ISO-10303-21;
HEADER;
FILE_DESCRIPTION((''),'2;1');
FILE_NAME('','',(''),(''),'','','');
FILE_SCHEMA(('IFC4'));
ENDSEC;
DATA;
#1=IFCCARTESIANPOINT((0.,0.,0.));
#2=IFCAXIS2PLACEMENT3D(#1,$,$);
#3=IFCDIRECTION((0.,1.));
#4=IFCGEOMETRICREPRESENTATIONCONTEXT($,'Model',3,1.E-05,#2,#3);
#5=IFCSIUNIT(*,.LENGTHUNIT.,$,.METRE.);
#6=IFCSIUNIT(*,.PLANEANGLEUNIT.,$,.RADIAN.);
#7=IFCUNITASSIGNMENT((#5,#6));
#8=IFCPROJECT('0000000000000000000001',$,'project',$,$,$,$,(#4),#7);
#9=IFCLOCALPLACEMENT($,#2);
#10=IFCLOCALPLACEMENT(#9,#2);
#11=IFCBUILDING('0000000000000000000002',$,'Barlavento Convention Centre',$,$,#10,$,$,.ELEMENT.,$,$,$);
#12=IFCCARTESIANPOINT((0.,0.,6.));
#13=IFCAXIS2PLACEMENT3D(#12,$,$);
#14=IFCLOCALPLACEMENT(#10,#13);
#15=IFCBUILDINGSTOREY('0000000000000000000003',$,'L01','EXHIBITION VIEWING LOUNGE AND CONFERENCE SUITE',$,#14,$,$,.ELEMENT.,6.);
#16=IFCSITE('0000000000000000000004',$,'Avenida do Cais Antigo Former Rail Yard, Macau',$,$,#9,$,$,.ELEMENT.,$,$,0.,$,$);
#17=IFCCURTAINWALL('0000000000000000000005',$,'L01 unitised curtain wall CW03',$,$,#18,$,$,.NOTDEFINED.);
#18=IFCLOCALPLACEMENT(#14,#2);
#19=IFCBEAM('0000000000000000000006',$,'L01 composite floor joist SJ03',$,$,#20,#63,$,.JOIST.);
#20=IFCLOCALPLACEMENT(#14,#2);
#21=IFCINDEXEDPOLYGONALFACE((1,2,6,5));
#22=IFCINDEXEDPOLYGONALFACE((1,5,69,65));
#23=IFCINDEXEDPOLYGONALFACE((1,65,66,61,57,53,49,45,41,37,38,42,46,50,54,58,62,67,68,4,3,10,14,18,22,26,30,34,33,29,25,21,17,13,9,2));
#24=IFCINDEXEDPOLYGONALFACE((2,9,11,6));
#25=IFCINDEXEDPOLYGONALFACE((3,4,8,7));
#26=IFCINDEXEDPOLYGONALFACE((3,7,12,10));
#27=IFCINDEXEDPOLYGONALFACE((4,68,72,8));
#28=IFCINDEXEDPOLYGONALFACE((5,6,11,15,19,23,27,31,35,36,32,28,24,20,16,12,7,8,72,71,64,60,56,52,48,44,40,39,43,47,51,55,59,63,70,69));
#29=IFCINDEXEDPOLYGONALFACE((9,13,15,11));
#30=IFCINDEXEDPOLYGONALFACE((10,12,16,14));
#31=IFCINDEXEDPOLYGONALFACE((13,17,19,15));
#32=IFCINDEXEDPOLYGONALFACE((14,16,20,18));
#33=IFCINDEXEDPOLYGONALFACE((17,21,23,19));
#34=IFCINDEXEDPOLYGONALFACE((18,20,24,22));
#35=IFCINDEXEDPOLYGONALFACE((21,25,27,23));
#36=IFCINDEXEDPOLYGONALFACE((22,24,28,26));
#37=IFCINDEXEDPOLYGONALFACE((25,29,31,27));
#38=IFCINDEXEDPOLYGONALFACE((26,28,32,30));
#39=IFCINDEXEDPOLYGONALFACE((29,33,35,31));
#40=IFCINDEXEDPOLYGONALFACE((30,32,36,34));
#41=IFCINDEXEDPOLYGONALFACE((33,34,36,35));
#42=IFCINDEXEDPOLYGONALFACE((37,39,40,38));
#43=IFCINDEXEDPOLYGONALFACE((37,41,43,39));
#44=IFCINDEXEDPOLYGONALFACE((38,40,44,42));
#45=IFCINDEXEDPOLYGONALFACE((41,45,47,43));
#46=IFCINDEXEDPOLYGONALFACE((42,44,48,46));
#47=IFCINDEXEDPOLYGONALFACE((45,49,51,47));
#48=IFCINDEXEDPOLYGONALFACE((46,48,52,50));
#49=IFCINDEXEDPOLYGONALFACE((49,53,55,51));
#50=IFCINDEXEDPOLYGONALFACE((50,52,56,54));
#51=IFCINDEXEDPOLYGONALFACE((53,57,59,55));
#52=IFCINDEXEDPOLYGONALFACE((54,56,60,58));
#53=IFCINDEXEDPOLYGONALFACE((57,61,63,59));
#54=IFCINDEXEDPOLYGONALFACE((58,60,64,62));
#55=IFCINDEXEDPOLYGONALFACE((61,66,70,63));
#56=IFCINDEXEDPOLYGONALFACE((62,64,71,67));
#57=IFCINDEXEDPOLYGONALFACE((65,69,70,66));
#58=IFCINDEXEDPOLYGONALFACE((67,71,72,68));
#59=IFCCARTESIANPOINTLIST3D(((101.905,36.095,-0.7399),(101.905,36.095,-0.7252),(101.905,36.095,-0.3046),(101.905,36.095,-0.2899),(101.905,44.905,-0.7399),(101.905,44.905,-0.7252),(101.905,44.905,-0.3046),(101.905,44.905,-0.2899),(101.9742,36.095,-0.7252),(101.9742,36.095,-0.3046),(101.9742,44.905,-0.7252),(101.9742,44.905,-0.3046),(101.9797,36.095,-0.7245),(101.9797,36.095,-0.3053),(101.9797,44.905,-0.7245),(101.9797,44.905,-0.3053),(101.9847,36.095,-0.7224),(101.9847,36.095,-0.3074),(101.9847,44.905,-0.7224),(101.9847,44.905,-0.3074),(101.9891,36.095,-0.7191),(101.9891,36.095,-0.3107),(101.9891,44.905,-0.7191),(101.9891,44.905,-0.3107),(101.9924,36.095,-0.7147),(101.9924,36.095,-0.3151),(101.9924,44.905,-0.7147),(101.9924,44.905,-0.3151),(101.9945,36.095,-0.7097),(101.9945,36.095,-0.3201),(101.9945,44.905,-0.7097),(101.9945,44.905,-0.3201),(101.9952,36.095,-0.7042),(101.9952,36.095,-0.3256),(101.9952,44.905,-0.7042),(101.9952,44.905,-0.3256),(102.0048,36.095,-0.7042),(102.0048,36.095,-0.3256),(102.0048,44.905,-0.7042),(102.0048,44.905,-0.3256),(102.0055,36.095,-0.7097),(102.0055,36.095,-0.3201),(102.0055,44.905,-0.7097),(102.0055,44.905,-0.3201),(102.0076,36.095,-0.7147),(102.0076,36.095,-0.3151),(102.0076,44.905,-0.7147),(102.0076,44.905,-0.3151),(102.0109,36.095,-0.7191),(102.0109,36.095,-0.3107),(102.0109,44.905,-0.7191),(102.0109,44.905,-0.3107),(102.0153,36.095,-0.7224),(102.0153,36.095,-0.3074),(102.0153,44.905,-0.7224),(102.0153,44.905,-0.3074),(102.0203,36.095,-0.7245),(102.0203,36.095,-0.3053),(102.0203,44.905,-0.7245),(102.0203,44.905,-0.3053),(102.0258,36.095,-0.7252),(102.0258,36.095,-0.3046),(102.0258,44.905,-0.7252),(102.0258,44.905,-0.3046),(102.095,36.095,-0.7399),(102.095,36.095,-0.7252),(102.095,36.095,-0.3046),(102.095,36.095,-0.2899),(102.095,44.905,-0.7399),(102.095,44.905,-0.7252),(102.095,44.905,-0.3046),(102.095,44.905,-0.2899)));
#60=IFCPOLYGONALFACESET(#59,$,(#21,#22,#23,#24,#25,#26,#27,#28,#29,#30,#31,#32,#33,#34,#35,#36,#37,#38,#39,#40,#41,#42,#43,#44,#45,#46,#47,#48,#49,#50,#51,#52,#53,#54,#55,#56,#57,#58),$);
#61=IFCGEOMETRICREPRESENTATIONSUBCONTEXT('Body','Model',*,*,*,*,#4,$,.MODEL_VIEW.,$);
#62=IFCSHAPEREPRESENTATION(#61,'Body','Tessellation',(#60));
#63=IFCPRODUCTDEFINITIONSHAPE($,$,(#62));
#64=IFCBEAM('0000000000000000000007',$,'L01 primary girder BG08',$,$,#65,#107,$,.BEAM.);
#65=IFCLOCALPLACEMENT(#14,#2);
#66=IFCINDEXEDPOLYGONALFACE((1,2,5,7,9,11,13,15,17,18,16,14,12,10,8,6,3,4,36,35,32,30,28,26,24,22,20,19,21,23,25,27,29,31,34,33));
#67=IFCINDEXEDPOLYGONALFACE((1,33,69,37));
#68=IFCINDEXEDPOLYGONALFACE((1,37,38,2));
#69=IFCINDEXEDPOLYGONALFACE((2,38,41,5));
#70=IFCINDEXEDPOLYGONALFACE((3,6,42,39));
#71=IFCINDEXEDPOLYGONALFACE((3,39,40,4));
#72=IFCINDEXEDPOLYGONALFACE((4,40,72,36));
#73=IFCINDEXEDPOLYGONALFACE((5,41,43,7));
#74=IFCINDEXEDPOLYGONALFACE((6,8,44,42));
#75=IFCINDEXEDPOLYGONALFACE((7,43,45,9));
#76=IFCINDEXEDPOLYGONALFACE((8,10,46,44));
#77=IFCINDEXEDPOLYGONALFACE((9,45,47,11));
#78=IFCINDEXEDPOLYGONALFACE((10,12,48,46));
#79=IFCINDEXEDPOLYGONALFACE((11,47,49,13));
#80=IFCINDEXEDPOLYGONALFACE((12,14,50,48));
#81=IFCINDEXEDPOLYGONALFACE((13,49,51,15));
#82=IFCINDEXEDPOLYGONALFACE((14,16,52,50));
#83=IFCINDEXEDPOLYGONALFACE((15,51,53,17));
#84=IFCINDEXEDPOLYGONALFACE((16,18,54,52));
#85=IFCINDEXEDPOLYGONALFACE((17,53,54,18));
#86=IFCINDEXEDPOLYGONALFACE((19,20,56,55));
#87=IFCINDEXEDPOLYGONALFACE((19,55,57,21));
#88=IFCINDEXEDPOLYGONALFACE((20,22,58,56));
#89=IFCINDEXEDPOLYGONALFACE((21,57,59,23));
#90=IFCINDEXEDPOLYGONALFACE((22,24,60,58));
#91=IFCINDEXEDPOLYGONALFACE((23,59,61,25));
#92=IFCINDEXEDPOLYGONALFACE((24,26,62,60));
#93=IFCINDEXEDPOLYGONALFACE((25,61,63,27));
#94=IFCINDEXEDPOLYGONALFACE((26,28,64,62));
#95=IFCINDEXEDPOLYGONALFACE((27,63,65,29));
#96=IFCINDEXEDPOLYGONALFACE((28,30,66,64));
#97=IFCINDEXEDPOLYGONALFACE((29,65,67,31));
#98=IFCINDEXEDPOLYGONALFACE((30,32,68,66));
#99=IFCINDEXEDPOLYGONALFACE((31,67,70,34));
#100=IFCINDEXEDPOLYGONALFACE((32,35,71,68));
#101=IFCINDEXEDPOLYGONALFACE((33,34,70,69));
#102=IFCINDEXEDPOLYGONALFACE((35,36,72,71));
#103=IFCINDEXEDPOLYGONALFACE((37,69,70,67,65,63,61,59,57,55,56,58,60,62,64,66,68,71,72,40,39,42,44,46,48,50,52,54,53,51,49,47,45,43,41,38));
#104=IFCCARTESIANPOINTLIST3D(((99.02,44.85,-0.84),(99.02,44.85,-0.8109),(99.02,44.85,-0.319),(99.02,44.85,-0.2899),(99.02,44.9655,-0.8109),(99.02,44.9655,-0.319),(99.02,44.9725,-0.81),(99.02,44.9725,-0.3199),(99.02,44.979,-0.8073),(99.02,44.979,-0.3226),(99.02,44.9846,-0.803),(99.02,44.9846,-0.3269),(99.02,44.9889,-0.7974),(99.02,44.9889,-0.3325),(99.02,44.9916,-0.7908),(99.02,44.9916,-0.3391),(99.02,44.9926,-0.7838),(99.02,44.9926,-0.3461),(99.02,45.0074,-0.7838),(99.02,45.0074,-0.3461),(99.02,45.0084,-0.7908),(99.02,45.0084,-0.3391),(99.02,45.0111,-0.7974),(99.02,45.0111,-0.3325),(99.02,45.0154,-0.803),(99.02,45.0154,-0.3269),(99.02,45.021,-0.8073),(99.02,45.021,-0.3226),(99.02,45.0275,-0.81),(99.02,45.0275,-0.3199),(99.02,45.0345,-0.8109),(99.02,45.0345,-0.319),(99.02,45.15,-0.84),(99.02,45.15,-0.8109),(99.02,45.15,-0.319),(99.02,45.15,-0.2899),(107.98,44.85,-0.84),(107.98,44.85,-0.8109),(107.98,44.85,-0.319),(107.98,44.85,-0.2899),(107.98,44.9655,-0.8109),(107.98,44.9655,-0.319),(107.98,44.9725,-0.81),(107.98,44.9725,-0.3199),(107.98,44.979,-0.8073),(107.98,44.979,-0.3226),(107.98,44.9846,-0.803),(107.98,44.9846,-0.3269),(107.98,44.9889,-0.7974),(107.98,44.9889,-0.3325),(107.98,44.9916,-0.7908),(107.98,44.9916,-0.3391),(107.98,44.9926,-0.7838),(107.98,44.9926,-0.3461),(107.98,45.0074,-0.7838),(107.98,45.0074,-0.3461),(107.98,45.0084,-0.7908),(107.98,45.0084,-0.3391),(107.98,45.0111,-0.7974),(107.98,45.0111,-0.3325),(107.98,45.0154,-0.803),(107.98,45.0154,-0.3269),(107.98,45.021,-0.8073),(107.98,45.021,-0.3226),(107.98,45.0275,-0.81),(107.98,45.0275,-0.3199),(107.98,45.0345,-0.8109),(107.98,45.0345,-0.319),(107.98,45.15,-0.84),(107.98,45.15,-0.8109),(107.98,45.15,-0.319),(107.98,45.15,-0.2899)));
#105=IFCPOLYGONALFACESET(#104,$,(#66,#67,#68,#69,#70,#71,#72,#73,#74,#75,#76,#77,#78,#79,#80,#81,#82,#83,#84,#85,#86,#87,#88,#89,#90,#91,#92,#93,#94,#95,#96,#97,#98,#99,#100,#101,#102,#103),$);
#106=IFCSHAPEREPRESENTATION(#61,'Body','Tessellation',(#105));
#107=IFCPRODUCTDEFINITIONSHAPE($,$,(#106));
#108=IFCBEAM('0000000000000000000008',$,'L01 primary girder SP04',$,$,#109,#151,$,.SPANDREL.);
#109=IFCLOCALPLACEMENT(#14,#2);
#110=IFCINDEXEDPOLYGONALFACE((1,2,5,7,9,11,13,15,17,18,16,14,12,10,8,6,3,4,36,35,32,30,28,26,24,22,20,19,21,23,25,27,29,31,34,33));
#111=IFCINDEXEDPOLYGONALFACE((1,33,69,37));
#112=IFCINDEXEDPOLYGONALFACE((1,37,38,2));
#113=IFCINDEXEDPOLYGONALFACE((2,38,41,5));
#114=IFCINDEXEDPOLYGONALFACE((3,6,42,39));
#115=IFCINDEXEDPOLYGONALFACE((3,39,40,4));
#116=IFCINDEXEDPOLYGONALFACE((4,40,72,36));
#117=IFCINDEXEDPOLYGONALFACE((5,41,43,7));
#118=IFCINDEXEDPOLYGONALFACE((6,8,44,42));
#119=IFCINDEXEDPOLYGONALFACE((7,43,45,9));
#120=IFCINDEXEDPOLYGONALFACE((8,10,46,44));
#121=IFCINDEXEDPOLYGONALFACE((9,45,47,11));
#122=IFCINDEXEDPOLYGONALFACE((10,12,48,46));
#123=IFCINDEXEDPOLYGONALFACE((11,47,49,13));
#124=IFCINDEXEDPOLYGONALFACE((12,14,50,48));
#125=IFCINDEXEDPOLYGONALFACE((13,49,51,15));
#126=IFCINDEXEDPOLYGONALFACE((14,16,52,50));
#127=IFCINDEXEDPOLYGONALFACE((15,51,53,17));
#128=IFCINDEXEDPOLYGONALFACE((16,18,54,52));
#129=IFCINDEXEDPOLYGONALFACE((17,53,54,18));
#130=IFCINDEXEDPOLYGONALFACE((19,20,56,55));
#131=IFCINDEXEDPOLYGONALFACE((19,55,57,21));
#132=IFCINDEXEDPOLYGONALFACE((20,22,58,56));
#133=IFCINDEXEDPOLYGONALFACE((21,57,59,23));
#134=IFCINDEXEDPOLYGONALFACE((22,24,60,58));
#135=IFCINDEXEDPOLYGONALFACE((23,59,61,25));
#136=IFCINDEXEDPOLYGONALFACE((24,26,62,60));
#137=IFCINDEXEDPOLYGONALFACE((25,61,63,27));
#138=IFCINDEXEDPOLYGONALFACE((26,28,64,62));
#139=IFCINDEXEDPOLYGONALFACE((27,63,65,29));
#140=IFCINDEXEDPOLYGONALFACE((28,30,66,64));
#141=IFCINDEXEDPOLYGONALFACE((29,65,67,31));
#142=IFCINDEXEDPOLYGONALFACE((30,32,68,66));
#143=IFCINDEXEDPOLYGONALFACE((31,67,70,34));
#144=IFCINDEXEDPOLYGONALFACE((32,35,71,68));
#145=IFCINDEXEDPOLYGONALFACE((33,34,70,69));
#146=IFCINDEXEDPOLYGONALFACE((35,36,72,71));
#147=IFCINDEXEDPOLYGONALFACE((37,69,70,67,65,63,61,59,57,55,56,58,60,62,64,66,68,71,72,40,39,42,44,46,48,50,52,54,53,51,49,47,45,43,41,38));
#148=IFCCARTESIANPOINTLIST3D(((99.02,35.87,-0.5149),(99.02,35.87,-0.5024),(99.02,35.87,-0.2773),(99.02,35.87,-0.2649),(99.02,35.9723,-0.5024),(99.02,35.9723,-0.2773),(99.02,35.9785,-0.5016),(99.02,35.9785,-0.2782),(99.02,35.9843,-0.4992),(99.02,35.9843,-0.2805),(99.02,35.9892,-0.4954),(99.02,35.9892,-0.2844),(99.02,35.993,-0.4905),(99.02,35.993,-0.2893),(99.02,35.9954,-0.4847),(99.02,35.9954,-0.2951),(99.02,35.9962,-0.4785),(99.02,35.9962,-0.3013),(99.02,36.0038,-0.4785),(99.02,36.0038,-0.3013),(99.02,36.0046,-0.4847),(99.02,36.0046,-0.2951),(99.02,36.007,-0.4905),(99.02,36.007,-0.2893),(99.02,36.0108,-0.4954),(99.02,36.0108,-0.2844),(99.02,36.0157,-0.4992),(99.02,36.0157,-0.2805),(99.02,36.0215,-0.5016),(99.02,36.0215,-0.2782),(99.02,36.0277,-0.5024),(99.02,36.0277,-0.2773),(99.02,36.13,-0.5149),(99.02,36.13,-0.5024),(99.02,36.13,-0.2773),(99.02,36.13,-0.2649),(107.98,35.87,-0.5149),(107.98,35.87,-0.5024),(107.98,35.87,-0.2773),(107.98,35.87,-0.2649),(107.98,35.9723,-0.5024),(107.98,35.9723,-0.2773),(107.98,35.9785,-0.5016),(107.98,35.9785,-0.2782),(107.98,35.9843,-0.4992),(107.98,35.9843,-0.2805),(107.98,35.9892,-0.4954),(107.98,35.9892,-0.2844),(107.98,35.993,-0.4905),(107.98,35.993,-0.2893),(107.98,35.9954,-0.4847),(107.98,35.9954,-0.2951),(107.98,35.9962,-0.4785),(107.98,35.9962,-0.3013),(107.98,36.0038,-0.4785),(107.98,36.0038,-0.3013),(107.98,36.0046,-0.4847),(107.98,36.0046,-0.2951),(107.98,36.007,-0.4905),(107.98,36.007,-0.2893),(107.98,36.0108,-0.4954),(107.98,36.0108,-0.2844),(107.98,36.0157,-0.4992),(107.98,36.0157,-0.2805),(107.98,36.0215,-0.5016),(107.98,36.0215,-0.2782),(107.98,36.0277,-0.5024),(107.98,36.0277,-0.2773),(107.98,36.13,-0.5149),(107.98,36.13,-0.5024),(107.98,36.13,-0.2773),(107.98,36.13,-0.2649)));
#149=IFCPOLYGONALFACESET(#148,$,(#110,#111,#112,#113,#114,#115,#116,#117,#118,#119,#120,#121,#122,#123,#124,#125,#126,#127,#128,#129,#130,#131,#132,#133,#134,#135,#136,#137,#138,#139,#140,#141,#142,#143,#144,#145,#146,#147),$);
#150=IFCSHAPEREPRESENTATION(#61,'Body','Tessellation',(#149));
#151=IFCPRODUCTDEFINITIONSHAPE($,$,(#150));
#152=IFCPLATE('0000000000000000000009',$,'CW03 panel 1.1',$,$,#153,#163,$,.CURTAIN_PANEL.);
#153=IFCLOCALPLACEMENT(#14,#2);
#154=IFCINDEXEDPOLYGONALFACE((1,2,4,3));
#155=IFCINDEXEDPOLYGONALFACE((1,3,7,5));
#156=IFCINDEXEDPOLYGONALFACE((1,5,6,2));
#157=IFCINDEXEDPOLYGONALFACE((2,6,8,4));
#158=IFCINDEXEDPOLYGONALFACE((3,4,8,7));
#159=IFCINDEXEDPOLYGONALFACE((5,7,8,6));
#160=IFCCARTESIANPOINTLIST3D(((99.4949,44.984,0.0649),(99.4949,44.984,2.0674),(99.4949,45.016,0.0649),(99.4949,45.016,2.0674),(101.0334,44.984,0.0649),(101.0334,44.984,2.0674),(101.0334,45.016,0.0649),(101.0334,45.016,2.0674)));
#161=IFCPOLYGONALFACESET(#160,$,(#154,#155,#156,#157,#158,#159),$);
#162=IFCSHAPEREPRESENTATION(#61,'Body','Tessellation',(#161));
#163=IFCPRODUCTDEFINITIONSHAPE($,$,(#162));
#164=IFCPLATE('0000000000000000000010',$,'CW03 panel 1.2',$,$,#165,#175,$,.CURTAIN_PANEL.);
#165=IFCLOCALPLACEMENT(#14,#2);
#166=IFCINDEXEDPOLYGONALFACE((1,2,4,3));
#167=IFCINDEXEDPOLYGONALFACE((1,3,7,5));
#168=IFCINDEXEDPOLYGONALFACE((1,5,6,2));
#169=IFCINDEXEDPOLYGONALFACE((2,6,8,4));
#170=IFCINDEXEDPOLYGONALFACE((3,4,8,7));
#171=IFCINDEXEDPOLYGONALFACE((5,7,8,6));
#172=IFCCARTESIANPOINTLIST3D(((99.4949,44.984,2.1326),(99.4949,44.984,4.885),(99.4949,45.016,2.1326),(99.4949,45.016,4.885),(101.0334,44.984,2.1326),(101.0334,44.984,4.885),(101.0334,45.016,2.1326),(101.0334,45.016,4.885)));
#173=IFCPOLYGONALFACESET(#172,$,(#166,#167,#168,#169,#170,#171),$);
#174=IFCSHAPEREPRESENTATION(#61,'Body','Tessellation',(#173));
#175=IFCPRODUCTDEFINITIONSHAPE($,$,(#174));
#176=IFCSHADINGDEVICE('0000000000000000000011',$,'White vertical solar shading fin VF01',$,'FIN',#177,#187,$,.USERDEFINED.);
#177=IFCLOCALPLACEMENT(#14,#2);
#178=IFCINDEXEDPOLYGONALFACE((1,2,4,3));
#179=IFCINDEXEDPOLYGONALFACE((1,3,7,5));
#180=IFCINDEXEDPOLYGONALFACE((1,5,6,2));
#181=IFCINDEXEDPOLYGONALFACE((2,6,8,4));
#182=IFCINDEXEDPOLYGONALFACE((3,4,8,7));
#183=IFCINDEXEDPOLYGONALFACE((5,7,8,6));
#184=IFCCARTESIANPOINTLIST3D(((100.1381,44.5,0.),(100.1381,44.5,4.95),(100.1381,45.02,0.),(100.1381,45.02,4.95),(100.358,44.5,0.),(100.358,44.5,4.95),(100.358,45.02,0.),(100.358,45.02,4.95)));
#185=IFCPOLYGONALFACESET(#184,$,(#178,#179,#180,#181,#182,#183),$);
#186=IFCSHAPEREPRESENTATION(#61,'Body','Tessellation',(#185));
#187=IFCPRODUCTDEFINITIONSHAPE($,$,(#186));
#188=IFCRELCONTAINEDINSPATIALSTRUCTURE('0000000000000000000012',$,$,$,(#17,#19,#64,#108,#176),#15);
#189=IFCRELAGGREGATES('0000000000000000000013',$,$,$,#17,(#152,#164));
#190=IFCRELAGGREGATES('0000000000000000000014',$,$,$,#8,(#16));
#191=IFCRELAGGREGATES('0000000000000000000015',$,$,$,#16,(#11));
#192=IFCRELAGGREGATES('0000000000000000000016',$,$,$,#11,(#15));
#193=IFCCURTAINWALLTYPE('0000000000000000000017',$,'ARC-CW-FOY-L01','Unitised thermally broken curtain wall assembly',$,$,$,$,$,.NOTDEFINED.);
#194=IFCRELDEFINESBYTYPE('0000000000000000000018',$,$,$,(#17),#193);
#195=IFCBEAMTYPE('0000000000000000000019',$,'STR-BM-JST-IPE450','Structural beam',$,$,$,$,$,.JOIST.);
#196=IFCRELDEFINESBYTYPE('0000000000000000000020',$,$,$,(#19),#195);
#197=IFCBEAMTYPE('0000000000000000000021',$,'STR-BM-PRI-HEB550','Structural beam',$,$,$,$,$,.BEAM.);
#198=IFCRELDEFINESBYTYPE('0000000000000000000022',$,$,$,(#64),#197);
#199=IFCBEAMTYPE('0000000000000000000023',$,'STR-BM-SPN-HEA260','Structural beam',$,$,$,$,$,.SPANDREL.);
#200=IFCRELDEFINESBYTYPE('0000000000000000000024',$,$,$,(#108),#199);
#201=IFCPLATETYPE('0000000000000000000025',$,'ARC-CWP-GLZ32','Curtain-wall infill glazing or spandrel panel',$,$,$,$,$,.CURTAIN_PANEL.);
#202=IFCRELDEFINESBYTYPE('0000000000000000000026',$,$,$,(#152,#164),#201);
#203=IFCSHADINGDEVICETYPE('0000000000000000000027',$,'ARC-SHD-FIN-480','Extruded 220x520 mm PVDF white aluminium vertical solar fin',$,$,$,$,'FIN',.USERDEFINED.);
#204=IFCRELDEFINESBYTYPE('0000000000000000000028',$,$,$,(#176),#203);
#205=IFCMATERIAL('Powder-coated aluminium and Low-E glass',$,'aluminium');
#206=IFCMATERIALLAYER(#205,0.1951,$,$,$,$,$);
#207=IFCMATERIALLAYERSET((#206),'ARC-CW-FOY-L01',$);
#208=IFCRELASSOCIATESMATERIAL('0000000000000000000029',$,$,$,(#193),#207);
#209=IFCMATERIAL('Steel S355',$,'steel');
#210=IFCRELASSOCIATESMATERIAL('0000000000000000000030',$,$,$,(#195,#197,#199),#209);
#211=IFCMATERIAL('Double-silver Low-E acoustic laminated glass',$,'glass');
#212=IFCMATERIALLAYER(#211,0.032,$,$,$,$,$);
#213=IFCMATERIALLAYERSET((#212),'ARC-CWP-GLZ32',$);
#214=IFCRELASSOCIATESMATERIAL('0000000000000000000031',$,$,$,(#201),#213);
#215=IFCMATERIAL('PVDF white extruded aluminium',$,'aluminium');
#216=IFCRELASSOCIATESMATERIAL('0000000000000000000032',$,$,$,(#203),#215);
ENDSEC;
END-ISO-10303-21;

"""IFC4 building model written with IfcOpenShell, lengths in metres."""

from ifc_helpers import new_model, si_unit, direction, frame, origin, origin_2d, place, context, subcontext, project, spatial, rectangle, i_section, extrude, material, layer, layer_set, material_profile, profile_set, type_object, element, aggregate, save


model = new_model("IFC4")

# Units and contexts
model_context = context("Model", 3, precision=1e-05, world=origin(), true_north=direction((0.0, 1.0)))
body_context = subcontext(model_context, "Body", "Model", "MODEL_VIEW")
ifc_project = project(units=[si_unit("LENGTHUNIT", "METRE"), si_unit("PLANEANGLEUNIT", "RADIAN")], contexts=[model_context])

# Site, building, storey
site_placement = place(None, origin())
site = spatial("IfcSite", under=ifc_project, at=site_placement, Name="Avenida do Cais Antigo Former Rail Yard, Macau", CompositionType="ELEMENT", RefElevation=0.0)
building_placement = place(site_placement, origin())
building = spatial("IfcBuilding", under=site, at=building_placement, Name="Barlavento Convention Centre", CompositionType="ELEMENT")
storey_placement = place(building_placement, frame((0.0, 0.0, 6.0)))
storey = spatial("IfcBuildingStorey", under=building, at=storey_placement, Name="L01", Description="EXHIBITION VIEWING LOUNGE AND CONFERENCE SUITE", CompositionType="ELEMENT", Elevation=6.0)

# Curtain wall
ifc_material_1 = material(Name="Powder-coated aluminium and Low-E glass", Category="aluminium")
ifc_layer_1 = layer(ifc_material_1, 0.1951)
ifc_layer_set_1 = layer_set([ifc_layer_1], Name="ARC-CW-FOY-L01")
curtain_wall_type = type_object("IfcCurtainWallType", Name="ARC-CW-FOY-L01", Description="Unitised thermally broken curtain wall assembly", PredefinedType="NOTDEFINED", material=ifc_layer_set_1)
curtain_wall_placement = place(storey_placement, origin())
curtain_wall = element("IfcCurtainWall", 1, at=curtain_wall_placement, inside=storey, type_object=curtain_wall_type, Name="L01 unitised curtain wall CW03", PredefinedType="NOTDEFINED")

# Beams
ifc_material_2 = material(Name="Steel S355", Category="steel")
ifc_material_profile_1 = material_profile(ifc_material_2, i_section(OverallWidth=0.1899, OverallDepth=0.45, WebThickness=0.0095, FlangeThickness=0.0146, FilletRadius=0.021, at=origin_2d()), Name="IPE 450")
ifc_profile_set_1 = profile_set([ifc_material_profile_1], Name="Steel S355")
beam_type_1 = type_object("IfcBeamType", Name="STR-BM-JST-IPE450", Description="Structural beam", PredefinedType="JOIST", material=ifc_profile_set_1)
beam_1_placement = place(storey_placement, frame((102.0, 36.095, -0.5149), z_axis=(0.0, 1.0, 0.0), x_axis=(-1.0, 0.0, 0.0)))
element("IfcBeam", 2, at=beam_1_placement, inside=storey, type_object=beam_type_1, Name="L01 composite floor joist SJ03", PredefinedType="JOIST", context=body_context, shape_type="SweptSolid", body=[
    extrude(i_section(OverallWidth=0.1899, OverallDepth=0.45, WebThickness=0.0095, FlangeThickness=0.0146, FilletRadius=0.021, at=origin_2d()), origin(), (0.0, 0.0, 1.0), 8.8101),
])
ifc_material_profile_2 = material_profile(ifc_material_2, i_section(OverallWidth=0.3, OverallDepth=0.55, WebThickness=0.0149, FlangeThickness=0.0291, FilletRadius=0.0271, at=origin_2d()), Name="HEB 550")
ifc_profile_set_2 = profile_set([ifc_material_profile_2], Name="Steel S355")
beam_type_2 = type_object("IfcBeamType", Name="STR-BM-PRI-HEB550", Description="Structural beam", PredefinedType="BEAM", material=ifc_profile_set_2)
beam_2_placement = place(storey_placement, frame((99.02, 45.0, -0.5649), z_axis=(1.0, 0.0, 0.0), x_axis=(0.0, 1.0, 0.0)))
element("IfcBeam", 3, at=beam_2_placement, inside=storey, type_object=beam_type_2, Name="L01 primary girder BG08", PredefinedType="BEAM", context=body_context, shape_type="SweptSolid", body=[
    extrude(i_section(OverallWidth=0.3, OverallDepth=0.55, WebThickness=0.0149, FlangeThickness=0.0291, FilletRadius=0.0271, at=origin_2d()), origin(), (0.0, 0.0, 1.0), 8.96),
])
ifc_material_profile_3 = material_profile(ifc_material_2, i_section(OverallWidth=0.26, OverallDepth=0.25, WebThickness=0.0076, FlangeThickness=0.0125, FilletRadius=0.0239, at=origin_2d()), Name="HEA 260")
ifc_profile_set_3 = profile_set([ifc_material_profile_3], Name="Steel S355")
beam_type_3 = type_object("IfcBeamType", Name="STR-BM-SPN-HEA260", Description="Structural beam", PredefinedType="SPANDREL", material=ifc_profile_set_3)
beam_3_placement = place(storey_placement, frame((99.02, 36.0, -0.3899), z_axis=(1.0, 0.0, 0.0), x_axis=(0.0, 1.0, 0.0)))
element("IfcBeam", 4, at=beam_3_placement, inside=storey, type_object=beam_type_3, Name="L01 primary girder SP04", PredefinedType="SPANDREL", context=body_context, shape_type="SweptSolid", body=[
    extrude(i_section(OverallWidth=0.26, OverallDepth=0.25, WebThickness=0.0076, FlangeThickness=0.0125, FilletRadius=0.0239, at=origin_2d()), origin(), (0.0, 0.0, 1.0), 8.96),
])

# Plates
ifc_material_3 = material(Name="Double-silver Low-E acoustic laminated glass", Category="glass")
ifc_layer_2 = layer(ifc_material_3, 0.032)
ifc_layer_set_2 = layer_set([ifc_layer_2], Name="ARC-CWP-GLZ32")
plate_type = type_object("IfcPlateType", Name="ARC-CWP-GLZ32", Description="Curtain-wall infill glazing or spandrel panel", PredefinedType="CURTAIN_PANEL", material=ifc_layer_set_2)
plate_1_placement = place(storey_placement, frame((100.2642, 45.0, 0.0649), z_axis=(0.0, 0.0, 1.0), x_axis=(1.0, 0.0, 0.0)))
plate_1 = element("IfcPlate", 5, at=plate_1_placement, type_object=plate_type, Name="CW03 panel 1.1", PredefinedType="CURTAIN_PANEL", context=body_context, shape_type="SweptSolid", body=[
    extrude(rectangle(XDim=1.5386, YDim=0.032, at=origin_2d()), origin(), (0.0, 0.0, 1.0), 2.0024),
])
plate_2_placement = place(storey_placement, frame((100.2642, 45.0, 2.1326), z_axis=(0.0, 0.0, 1.0), x_axis=(1.0, 0.0, 0.0)))
plate_2 = element("IfcPlate", 6, at=plate_2_placement, type_object=plate_type, Name="CW03 panel 1.2", PredefinedType="CURTAIN_PANEL", context=body_context, shape_type="SweptSolid", body=[
    extrude(rectangle(XDim=1.5386, YDim=0.032, at=origin_2d()), origin(), (0.0, 0.0, 1.0), 2.7524),
])
aggregate(curtain_wall, [plate_1, plate_2])

# Shading device
ifc_material_4 = material(Name="PVDF white extruded aluminium", Category="aluminium")
shading_device_type = type_object("IfcShadingDeviceType", Name="ARC-SHD-FIN-480", Description="Extruded 220x520 mm PVDF white aluminium vertical solar fin", ElementType="FIN", PredefinedType="USERDEFINED", material=ifc_material_4)
for number, where, z_axis, x_axis, name in (
    (7, (100.248, 44.76, 0.0), (0.0, 0.0, 1.0), (1.0, 0.0, 0.0), "White vertical solar shading fin VF01"),
):
    element("IfcShadingDevice", number, at=place(storey_placement, frame(where, z_axis=z_axis, x_axis=x_axis)), inside=storey, type_object=shading_device_type, Name=name, ObjectType="FIN", PredefinedType="USERDEFINED", context=body_context, shape_type="SweptSolid", body=[
        extrude(rectangle(XDim=0.22, YDim=0.52, at=origin_2d()), origin(), (0.0, 0.0, 1.0), 4.95),
    ])

save(model, "model.ifc")
